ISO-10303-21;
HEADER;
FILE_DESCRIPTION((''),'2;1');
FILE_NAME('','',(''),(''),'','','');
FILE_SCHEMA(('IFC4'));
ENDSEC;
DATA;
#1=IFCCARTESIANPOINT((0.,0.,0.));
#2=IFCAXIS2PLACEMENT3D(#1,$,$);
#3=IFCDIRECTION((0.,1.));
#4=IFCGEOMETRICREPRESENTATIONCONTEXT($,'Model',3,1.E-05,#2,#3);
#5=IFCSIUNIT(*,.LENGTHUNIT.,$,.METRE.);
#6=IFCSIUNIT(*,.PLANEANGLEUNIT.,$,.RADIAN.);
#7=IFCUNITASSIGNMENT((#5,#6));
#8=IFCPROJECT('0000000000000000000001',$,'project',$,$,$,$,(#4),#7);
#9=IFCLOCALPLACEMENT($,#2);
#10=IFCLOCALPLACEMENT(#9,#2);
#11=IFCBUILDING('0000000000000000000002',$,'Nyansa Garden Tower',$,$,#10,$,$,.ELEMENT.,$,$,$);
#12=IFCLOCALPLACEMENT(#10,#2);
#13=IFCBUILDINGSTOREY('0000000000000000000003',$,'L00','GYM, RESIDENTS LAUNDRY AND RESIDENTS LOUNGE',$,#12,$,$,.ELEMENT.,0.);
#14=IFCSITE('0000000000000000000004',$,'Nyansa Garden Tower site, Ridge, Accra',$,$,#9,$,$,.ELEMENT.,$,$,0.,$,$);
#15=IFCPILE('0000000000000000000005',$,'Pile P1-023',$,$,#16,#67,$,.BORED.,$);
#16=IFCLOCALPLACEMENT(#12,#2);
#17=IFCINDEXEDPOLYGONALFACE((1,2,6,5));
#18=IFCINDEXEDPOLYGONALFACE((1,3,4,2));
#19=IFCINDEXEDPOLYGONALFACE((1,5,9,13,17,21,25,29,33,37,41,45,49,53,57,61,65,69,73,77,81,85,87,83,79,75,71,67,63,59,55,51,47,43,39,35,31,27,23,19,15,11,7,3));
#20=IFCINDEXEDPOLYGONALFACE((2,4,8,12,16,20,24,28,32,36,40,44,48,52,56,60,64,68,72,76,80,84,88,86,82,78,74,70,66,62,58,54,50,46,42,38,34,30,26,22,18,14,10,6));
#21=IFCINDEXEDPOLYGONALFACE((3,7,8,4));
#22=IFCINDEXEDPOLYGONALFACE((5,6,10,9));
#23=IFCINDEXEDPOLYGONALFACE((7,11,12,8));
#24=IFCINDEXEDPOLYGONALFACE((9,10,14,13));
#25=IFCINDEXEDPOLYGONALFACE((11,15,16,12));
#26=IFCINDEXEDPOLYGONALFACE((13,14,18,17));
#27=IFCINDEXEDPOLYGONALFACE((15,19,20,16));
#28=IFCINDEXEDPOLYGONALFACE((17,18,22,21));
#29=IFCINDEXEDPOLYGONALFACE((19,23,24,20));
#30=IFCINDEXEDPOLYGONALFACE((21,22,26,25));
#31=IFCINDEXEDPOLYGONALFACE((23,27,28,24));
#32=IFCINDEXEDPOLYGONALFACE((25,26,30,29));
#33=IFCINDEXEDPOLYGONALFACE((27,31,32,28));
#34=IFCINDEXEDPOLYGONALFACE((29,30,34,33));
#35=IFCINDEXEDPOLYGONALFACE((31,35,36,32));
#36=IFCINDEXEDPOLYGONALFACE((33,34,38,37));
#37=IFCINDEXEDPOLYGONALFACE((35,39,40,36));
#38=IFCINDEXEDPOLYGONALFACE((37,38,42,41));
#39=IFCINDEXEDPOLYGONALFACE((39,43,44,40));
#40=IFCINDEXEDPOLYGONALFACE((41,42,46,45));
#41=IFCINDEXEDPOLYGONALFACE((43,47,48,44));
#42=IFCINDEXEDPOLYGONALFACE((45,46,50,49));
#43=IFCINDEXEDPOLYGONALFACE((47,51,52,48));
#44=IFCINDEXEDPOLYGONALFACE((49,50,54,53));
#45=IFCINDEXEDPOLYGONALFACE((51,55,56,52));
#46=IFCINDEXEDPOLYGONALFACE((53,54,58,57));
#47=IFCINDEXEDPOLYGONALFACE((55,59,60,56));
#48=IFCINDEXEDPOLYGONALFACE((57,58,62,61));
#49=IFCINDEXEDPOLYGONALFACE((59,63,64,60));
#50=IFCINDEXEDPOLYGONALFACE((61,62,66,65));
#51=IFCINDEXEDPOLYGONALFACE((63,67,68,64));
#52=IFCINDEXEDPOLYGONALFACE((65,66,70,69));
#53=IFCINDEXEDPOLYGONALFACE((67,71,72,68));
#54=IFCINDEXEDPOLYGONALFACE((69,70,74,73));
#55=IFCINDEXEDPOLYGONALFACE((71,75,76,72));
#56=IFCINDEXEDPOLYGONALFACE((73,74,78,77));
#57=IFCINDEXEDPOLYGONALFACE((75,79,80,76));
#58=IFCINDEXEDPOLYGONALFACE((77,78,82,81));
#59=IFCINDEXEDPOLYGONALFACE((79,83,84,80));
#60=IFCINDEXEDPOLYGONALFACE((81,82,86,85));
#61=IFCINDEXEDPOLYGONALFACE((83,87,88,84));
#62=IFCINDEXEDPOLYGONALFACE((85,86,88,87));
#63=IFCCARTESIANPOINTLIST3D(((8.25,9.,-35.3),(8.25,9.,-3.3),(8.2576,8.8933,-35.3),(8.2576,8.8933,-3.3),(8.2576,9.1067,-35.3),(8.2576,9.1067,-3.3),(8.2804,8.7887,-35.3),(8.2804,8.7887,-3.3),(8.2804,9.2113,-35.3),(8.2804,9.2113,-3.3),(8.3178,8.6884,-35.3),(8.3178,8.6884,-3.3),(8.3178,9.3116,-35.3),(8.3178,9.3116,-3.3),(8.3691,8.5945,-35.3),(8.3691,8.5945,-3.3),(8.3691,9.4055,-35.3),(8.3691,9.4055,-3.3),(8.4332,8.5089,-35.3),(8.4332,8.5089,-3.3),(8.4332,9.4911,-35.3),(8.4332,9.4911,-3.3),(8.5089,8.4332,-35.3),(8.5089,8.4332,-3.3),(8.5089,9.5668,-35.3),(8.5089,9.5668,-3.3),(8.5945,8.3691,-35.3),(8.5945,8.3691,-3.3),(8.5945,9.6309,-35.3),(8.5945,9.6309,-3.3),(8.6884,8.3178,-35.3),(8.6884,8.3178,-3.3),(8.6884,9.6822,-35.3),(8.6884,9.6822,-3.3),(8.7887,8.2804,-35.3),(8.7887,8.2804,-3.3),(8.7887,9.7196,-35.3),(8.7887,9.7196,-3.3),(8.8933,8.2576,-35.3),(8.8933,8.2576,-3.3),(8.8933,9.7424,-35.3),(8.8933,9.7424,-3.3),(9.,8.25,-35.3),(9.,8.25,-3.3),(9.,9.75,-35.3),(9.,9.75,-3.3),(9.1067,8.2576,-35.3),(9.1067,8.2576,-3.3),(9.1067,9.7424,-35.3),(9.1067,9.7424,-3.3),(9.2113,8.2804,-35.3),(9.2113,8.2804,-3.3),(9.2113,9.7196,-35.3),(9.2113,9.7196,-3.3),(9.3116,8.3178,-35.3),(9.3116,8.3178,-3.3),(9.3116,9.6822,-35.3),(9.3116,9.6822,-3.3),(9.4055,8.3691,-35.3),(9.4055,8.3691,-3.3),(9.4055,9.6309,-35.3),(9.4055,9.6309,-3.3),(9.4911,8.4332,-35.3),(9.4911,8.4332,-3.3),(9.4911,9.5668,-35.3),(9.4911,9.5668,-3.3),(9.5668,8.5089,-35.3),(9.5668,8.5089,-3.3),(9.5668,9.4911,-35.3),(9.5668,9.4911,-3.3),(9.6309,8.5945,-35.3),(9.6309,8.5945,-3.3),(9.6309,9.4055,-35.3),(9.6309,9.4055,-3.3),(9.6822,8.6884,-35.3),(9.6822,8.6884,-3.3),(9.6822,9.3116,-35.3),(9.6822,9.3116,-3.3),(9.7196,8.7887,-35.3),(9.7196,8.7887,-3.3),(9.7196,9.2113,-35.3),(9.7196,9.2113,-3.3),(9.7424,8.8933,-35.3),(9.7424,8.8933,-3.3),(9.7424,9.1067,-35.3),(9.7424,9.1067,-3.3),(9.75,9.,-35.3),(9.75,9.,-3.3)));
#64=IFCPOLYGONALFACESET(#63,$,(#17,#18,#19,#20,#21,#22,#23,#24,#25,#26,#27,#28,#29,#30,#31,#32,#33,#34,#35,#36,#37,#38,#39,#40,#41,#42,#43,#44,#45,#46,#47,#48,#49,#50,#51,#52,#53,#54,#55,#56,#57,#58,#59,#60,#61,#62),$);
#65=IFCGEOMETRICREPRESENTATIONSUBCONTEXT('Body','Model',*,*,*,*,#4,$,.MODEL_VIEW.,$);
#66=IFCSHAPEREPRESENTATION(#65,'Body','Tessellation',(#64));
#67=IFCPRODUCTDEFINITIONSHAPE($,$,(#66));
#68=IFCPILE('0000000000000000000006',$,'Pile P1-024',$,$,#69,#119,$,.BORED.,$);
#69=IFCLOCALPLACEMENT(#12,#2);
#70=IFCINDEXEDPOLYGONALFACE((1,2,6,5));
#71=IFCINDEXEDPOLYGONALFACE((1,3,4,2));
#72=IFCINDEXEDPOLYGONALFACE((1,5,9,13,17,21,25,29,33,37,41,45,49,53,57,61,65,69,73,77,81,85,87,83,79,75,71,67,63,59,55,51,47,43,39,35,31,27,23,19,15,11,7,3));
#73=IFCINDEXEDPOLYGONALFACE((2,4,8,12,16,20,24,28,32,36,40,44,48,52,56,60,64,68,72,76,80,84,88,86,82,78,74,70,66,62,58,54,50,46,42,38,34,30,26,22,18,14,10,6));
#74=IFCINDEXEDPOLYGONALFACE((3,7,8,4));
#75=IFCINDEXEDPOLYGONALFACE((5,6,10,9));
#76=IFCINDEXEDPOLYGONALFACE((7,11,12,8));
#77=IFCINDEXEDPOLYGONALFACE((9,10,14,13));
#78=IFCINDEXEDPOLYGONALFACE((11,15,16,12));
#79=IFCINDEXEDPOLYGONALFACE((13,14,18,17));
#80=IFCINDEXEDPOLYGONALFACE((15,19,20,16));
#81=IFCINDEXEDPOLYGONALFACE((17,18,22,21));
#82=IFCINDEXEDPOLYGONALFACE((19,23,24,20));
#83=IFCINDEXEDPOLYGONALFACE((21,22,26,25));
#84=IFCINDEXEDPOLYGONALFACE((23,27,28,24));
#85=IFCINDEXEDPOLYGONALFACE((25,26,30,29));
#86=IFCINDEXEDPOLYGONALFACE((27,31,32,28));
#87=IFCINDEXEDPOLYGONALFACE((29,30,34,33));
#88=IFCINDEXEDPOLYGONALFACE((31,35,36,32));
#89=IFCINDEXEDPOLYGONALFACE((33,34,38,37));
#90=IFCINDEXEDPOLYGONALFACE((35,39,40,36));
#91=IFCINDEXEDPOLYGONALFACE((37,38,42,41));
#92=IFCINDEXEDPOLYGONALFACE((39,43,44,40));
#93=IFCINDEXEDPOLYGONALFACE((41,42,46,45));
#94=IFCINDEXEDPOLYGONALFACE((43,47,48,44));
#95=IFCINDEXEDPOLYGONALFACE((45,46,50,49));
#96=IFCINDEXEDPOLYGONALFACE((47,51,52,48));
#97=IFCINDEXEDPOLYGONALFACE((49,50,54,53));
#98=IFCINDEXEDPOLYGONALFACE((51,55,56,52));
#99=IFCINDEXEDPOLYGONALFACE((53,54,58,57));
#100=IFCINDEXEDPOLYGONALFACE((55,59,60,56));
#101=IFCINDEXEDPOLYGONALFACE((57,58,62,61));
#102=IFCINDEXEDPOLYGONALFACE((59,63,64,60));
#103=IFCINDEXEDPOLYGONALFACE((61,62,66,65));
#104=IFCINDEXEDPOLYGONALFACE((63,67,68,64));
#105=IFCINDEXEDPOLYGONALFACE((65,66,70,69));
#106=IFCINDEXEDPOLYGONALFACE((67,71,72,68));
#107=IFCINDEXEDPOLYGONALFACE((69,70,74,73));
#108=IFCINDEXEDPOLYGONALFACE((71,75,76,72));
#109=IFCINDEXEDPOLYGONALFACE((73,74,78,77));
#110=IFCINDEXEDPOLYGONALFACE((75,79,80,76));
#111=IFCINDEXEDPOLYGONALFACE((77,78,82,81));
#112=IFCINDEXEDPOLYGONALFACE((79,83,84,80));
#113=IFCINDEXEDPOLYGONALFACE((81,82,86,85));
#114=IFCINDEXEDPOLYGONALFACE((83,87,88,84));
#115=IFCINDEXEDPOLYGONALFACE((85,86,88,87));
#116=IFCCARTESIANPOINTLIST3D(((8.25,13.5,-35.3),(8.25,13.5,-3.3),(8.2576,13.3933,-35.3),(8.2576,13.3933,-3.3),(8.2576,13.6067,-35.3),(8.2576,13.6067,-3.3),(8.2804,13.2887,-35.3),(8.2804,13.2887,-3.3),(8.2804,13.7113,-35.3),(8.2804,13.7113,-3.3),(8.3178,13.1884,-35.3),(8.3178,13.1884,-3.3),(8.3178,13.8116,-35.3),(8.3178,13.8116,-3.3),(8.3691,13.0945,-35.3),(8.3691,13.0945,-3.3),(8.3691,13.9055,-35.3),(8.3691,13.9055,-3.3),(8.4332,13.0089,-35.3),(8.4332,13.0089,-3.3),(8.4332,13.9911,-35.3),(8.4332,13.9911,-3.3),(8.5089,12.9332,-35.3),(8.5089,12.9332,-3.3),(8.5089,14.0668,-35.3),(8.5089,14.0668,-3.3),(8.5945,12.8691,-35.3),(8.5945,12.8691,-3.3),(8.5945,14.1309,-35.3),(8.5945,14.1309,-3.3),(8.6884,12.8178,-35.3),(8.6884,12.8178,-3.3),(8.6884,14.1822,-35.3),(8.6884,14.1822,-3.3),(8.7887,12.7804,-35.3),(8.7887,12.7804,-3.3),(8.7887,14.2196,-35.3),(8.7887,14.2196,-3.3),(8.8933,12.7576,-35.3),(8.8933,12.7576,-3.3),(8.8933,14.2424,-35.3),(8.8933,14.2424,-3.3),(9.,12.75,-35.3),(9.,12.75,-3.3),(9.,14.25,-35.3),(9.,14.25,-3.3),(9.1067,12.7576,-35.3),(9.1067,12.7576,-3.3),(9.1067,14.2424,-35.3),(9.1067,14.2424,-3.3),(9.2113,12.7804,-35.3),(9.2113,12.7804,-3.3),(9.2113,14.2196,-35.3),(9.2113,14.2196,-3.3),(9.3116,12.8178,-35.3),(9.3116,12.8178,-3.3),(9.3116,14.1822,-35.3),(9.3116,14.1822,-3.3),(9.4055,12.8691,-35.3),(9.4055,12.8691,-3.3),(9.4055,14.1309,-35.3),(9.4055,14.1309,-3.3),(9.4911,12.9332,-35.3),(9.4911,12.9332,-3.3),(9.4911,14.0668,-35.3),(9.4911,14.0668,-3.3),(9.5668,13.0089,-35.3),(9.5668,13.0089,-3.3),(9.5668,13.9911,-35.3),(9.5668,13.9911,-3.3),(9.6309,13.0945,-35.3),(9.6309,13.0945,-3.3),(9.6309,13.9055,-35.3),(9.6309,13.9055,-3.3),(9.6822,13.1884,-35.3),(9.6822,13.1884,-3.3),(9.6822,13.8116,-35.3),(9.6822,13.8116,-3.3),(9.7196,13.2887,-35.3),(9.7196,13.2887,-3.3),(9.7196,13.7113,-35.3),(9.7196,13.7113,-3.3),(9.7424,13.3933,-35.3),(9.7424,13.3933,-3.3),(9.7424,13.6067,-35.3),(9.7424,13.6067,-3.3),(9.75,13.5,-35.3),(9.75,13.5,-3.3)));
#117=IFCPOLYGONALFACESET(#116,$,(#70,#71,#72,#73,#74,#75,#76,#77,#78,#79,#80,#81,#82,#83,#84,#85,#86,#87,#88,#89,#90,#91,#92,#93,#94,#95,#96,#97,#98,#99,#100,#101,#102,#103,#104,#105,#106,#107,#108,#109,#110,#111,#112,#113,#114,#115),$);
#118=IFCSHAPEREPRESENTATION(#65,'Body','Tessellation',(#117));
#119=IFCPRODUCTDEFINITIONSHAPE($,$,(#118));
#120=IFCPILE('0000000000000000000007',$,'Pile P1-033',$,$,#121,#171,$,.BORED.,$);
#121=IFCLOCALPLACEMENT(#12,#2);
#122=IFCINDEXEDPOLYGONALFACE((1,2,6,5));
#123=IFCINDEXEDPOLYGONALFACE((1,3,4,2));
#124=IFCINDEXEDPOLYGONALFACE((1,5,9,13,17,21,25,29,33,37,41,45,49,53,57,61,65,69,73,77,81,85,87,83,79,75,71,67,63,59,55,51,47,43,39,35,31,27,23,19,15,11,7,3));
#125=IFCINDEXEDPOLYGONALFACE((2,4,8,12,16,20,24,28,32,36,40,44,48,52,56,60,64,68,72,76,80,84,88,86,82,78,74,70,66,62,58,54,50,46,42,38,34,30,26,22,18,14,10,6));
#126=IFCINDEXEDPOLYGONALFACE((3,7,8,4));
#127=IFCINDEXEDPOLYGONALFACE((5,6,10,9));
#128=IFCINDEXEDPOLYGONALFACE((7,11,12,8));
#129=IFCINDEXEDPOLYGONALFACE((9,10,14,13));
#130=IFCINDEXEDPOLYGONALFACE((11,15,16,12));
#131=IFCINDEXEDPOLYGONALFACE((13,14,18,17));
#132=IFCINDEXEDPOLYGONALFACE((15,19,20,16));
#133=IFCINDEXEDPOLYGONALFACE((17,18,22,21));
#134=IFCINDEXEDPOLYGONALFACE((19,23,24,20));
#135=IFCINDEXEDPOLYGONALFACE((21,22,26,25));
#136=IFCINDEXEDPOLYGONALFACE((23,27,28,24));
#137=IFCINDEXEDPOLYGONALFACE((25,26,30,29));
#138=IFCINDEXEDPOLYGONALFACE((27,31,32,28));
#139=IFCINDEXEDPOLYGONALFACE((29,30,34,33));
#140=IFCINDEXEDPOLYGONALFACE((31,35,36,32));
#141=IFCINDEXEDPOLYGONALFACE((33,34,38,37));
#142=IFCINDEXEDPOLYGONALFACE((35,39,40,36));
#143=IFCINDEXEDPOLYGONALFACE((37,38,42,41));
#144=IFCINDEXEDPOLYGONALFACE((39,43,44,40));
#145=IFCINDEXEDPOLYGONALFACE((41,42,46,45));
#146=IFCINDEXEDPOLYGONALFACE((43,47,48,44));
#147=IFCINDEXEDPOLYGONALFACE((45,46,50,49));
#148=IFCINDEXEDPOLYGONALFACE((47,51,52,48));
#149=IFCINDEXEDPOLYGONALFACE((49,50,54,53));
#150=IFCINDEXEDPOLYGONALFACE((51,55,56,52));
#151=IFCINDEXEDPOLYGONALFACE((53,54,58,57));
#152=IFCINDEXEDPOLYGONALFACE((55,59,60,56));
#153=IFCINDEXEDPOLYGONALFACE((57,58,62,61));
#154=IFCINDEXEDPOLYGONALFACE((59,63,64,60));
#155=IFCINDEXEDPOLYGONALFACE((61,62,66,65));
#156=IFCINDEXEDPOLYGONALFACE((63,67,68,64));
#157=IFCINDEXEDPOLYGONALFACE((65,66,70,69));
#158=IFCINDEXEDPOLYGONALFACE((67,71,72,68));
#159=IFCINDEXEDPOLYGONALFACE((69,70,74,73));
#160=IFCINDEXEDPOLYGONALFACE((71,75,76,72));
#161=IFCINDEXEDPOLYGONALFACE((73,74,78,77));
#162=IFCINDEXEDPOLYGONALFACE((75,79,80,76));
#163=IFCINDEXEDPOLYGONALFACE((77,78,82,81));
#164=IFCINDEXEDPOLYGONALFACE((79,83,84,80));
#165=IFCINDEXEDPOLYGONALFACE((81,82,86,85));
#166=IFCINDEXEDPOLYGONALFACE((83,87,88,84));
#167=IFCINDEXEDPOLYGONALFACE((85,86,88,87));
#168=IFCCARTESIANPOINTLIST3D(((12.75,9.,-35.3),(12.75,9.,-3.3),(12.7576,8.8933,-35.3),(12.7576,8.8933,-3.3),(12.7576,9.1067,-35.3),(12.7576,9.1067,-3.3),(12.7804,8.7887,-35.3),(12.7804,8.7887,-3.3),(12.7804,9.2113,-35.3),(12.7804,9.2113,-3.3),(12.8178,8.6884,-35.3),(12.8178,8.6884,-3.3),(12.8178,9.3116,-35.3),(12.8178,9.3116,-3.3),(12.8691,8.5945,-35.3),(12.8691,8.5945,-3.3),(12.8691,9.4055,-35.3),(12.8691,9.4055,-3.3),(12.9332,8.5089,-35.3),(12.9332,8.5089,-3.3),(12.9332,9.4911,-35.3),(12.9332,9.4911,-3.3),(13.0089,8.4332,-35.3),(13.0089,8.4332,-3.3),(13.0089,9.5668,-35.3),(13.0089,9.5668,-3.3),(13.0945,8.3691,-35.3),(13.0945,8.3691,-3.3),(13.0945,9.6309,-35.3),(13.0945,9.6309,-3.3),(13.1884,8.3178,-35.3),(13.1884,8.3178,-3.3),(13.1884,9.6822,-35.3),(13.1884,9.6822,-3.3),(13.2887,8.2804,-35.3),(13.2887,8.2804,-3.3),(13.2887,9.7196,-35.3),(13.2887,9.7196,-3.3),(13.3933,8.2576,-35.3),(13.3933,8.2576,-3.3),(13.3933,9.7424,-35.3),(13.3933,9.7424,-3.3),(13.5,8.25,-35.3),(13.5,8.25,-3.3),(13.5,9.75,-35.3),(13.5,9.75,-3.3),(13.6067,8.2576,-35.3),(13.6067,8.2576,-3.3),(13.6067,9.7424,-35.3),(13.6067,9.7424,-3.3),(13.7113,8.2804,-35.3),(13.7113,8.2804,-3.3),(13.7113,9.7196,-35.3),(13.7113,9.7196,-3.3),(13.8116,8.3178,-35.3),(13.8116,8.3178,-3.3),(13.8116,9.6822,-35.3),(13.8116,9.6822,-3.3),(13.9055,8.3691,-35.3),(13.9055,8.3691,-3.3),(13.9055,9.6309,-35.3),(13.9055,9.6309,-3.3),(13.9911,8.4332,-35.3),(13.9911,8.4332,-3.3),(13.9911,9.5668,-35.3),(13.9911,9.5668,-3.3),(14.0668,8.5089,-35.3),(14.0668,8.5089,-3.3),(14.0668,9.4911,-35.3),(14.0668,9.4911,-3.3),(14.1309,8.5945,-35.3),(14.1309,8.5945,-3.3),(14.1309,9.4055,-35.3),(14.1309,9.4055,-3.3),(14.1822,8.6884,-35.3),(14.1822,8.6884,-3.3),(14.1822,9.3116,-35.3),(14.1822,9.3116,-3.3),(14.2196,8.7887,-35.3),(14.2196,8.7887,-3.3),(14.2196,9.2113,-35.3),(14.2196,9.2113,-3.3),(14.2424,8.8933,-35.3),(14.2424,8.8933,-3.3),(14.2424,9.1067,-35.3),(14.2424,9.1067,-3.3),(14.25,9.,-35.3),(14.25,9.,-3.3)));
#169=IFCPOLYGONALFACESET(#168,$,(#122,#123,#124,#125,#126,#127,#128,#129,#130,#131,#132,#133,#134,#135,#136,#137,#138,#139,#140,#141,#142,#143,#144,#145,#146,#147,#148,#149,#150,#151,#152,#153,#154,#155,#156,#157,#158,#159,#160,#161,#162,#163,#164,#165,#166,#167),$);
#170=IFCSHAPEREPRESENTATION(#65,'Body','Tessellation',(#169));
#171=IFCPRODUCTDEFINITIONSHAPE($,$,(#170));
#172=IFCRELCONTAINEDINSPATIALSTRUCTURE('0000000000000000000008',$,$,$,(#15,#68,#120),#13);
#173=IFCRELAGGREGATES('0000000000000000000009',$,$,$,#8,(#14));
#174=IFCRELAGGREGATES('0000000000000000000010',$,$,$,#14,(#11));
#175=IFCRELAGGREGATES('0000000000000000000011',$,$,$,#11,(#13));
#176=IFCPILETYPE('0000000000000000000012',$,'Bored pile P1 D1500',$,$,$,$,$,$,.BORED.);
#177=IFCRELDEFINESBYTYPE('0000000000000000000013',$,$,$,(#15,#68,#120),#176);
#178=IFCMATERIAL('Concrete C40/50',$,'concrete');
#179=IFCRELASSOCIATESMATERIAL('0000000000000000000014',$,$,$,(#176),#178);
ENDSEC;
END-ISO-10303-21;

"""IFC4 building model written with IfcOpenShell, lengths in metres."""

from ifc_helpers import new_model, si_unit, direction, frame, origin, origin_2d, place, context, subcontext, project, spatial, circle, extrude, material, type_object, element, save


model = new_model("IFC4")

# Units and contexts
model_context = context("Model", 3, precision=1e-05, world=origin(), true_north=direction((0.0, 1.0)))
body_context = subcontext(model_context, "Body", "Model", "MODEL_VIEW")
ifc_project = project(units=[si_unit("LENGTHUNIT", "METRE"), si_unit("PLANEANGLEUNIT", "RADIAN")], contexts=[model_context])

# Site, building, storey
site_placement = place(None, origin())
site = spatial("IfcSite", under=ifc_project, at=site_placement, Name="Nyansa Garden Tower site, Ridge, Accra", CompositionType="ELEMENT", RefElevation=0.0)
building_placement = place(site_placement, origin())
building = spatial("IfcBuilding", under=site, at=building_placement, Name="Nyansa Garden Tower", CompositionType="ELEMENT")
storey_placement = place(building_placement, origin())
storey = spatial("IfcBuildingStorey", under=building, at=storey_placement, Name="L00", Description="GYM, RESIDENTS LAUNDRY AND RESIDENTS LOUNGE", CompositionType="ELEMENT", Elevation=0.0)

# Piles
ifc_material_1 = material(Name="Concrete C40/50", Category="concrete")
pile_type = type_object("IfcPileType", Name="Bored pile P1 D1500", PredefinedType="BORED", material=ifc_material_1)
for number, where, z_axis, x_axis, name in (
    (1, (9.0, 9.0, -3.3), (0.0, 0.0, -1.0), (1.0, 0.0, 0.0), "Pile P1-023"),
    (2, (9.0, 13.5, -3.3), (0.0, 0.0, -1.0), (1.0, 0.0, 0.0), "Pile P1-024"),
    (3, (13.5, 9.0, -3.3), (0.0, 0.0, -1.0), (1.0, 0.0, 0.0), "Pile P1-033"),
):
    element("IfcPile", number, at=place(storey_placement, frame(where, z_axis=z_axis, x_axis=x_axis)), inside=storey, type_object=pile_type, Name=name, PredefinedType="BORED", context=body_context, shape_type="SweptSolid", body=[
        extrude(circle(Radius=0.75, at=origin_2d()), origin(), (0.0, 0.0, 1.0), 32.0),
    ])

save(model, "model.ifc")
